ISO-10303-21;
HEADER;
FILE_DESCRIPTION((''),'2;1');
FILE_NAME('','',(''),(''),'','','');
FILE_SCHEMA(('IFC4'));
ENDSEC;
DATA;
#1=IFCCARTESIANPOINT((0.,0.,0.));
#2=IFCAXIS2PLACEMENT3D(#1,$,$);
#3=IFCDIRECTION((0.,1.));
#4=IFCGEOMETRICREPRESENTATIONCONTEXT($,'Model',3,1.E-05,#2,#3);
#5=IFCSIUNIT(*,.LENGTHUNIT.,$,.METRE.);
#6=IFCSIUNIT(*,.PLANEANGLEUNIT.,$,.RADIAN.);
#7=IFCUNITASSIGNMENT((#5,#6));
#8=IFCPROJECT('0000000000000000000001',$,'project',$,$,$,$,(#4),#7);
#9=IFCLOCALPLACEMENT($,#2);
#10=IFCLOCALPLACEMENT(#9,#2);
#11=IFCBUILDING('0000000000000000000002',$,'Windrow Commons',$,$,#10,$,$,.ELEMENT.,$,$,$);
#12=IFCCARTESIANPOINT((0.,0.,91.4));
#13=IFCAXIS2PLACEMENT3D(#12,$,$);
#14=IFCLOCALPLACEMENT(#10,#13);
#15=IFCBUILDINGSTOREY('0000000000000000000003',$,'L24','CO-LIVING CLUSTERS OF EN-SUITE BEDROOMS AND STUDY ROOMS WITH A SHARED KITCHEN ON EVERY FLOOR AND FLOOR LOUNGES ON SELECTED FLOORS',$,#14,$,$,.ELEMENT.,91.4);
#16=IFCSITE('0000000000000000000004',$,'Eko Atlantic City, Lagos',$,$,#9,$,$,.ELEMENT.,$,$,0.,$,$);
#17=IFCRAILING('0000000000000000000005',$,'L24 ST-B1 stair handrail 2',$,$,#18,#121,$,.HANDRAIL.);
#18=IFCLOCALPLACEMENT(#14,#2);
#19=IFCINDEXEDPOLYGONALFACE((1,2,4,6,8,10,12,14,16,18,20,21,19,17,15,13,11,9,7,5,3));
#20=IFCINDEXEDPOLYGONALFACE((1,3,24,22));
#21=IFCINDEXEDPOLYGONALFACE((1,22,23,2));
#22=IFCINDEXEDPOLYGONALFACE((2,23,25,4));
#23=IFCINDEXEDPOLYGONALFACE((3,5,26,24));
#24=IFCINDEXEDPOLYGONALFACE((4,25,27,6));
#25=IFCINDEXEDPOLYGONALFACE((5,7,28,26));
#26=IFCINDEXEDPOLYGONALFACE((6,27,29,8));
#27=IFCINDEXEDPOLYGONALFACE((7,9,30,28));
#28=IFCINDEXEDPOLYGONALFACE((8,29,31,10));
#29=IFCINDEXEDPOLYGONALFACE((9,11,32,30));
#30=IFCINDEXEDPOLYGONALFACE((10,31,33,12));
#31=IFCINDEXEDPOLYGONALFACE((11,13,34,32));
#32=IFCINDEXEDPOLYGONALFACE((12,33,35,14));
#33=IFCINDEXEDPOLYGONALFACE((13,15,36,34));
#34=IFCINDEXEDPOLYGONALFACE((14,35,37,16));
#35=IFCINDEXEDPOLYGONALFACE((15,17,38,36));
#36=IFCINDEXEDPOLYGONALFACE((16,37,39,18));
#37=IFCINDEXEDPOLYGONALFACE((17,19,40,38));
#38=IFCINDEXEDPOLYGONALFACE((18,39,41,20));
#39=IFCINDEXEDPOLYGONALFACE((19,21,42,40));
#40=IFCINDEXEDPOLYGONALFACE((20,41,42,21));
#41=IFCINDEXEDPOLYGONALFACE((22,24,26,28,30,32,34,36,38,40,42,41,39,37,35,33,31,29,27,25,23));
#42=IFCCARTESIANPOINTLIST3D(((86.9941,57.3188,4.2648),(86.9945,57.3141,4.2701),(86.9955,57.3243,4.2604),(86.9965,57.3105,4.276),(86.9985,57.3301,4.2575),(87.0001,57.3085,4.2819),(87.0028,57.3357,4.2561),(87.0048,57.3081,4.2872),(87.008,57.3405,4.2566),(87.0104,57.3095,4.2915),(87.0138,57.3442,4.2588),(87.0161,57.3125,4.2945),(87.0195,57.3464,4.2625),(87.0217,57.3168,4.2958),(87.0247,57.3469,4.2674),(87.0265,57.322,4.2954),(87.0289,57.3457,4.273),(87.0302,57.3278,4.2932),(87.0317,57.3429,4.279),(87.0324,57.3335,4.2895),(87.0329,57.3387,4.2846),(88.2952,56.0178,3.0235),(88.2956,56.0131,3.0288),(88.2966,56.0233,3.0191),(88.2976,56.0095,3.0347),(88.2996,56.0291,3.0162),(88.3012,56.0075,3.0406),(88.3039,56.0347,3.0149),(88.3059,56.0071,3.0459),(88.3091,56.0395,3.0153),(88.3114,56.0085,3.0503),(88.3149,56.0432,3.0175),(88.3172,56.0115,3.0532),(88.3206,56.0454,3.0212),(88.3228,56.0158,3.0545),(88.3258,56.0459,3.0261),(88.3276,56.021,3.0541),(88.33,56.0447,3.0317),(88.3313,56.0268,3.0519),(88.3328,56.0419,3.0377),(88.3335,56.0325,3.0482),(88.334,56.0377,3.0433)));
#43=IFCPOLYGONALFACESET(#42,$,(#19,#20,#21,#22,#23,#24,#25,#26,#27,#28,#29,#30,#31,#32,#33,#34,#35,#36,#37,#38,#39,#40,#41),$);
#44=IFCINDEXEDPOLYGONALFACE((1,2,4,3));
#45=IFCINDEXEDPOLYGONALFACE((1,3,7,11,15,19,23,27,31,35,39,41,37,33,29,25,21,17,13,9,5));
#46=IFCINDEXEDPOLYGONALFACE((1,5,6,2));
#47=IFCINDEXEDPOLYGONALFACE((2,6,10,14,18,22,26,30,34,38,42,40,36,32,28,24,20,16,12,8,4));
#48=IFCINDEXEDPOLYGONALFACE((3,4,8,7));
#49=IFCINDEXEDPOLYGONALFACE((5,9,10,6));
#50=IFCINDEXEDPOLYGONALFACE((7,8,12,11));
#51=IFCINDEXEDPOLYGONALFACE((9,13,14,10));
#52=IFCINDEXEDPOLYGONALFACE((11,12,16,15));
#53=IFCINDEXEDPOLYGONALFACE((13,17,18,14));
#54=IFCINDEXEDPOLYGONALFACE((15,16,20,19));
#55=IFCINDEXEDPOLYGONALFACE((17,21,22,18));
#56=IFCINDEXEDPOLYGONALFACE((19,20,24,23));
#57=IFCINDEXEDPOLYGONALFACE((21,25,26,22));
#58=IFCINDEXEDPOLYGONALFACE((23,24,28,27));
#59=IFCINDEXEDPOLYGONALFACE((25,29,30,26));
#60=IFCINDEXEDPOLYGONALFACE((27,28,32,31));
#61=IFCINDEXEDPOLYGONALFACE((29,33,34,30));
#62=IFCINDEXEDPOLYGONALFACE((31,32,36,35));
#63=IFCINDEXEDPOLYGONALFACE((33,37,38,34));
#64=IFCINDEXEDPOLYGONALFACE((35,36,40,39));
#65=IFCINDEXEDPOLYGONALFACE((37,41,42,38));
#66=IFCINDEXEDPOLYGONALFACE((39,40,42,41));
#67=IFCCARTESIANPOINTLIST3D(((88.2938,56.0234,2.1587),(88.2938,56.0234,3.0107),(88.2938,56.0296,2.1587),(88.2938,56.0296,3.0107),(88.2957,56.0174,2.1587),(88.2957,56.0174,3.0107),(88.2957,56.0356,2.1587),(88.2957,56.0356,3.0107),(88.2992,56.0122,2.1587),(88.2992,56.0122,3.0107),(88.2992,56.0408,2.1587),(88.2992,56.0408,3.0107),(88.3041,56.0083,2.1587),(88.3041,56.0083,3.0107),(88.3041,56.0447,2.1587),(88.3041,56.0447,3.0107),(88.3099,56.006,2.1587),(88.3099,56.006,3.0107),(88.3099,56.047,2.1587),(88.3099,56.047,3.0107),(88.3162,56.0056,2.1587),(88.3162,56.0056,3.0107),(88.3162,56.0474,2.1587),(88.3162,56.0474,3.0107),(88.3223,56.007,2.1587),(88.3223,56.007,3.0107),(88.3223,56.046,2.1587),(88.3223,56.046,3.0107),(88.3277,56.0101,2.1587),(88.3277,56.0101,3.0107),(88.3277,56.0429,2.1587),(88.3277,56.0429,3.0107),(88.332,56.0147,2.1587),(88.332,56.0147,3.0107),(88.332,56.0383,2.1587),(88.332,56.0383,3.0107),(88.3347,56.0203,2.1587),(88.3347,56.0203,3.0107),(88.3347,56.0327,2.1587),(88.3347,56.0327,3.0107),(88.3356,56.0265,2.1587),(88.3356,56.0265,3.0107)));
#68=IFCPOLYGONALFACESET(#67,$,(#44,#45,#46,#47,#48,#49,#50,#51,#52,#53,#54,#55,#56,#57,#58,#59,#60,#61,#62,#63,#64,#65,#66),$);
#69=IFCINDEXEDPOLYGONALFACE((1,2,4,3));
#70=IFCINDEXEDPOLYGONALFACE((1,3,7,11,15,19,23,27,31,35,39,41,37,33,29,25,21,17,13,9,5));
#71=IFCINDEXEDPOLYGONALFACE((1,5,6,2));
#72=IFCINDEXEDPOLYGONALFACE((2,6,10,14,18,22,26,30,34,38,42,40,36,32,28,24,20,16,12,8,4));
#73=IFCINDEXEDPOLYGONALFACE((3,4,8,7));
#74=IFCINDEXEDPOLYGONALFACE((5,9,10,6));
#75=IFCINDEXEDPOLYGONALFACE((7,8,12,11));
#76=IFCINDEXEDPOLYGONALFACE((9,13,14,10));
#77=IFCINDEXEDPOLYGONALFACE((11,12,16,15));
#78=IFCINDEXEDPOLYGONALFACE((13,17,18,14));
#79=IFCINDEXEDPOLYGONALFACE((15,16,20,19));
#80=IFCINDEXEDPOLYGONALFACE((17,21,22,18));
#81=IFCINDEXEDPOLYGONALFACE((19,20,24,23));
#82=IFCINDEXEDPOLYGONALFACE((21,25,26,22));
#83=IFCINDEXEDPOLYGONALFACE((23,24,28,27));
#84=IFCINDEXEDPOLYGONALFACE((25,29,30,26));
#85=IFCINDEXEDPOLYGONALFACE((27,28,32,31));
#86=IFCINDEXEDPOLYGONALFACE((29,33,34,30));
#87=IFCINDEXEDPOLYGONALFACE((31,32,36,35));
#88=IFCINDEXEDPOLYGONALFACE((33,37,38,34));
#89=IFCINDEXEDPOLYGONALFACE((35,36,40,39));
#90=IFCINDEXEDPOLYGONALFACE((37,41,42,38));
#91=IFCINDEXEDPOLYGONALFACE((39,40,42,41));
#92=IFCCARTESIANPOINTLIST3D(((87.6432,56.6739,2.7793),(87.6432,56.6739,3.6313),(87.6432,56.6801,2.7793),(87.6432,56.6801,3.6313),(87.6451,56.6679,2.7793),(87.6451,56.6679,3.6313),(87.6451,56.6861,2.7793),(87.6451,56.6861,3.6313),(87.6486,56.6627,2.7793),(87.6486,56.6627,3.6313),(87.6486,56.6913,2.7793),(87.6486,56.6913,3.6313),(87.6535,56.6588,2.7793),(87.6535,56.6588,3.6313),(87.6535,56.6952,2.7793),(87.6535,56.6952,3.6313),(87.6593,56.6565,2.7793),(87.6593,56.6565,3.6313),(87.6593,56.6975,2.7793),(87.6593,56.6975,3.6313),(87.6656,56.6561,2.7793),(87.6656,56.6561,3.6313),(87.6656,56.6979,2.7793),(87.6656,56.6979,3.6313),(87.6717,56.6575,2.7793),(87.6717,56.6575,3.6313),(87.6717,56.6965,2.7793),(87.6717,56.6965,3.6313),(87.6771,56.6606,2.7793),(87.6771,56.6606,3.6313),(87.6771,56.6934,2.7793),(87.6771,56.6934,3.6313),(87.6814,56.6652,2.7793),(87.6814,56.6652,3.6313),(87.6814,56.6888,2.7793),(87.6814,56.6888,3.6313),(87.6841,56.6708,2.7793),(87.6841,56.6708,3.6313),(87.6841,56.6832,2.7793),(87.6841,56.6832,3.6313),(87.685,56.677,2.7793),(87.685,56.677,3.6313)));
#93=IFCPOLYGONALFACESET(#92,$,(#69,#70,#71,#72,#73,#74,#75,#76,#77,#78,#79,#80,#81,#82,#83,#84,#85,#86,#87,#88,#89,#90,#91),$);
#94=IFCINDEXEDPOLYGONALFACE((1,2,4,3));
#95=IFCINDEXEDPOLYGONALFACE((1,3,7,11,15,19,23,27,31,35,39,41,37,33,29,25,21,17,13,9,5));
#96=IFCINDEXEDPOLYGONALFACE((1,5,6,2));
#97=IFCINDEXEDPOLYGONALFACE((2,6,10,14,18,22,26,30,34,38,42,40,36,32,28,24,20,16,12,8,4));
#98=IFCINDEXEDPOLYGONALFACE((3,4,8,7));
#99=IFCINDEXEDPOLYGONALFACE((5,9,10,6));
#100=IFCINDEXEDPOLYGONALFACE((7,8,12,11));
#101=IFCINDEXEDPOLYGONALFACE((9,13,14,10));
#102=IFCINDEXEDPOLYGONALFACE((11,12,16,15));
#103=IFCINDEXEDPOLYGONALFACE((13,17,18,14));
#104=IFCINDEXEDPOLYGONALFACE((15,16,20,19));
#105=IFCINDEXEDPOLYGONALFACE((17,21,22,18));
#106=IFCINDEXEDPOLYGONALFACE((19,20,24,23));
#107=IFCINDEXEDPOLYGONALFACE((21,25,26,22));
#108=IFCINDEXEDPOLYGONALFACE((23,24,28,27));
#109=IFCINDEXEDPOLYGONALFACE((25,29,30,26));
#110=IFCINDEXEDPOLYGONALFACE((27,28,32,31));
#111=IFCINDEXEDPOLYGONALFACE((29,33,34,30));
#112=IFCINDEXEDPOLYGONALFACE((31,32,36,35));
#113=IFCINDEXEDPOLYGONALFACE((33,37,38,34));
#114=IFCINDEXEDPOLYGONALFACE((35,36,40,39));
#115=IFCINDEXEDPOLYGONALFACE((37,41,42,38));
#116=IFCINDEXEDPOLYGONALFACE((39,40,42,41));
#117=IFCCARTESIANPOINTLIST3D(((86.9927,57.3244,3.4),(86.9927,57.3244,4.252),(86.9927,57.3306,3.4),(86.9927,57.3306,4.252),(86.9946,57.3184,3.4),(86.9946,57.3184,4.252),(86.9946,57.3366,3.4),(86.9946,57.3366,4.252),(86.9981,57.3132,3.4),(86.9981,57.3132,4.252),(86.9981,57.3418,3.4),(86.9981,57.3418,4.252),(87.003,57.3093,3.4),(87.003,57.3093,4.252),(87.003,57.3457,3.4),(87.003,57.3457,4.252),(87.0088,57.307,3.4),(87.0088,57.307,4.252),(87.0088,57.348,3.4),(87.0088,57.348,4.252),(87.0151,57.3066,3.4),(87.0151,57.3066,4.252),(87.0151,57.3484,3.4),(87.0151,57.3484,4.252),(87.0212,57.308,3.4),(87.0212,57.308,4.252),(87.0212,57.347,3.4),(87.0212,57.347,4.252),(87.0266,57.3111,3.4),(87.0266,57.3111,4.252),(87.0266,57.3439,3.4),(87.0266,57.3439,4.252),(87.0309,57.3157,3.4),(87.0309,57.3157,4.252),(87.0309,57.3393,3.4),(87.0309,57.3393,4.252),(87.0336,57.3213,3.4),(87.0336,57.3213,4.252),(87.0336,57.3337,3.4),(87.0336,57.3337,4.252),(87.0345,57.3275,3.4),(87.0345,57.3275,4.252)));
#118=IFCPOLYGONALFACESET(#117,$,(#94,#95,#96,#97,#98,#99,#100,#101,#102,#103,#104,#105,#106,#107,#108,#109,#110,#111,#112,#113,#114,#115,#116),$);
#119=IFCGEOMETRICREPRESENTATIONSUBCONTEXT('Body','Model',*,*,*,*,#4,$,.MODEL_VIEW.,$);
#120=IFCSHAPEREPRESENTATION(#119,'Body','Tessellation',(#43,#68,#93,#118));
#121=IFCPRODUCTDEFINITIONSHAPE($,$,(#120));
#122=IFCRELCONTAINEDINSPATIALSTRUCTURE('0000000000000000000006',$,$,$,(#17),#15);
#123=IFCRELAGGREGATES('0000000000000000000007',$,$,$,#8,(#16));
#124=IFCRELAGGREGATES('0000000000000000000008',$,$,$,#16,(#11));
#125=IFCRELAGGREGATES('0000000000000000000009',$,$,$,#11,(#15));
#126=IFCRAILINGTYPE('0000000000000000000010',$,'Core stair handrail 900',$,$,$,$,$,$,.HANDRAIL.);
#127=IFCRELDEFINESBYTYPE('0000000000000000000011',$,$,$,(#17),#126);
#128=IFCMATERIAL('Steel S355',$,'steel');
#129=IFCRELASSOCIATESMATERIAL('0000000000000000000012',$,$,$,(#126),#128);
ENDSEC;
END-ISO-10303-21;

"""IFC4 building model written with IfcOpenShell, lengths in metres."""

from ifc_helpers import new_model, si_unit, direction, frame, origin, origin_2d, place, context, subcontext, project, spatial, circle, extrude, material, type_object, element, save


model = new_model("IFC4")

# Units and contexts
model_context = context("Model", 3, precision=1e-05, world=origin(), true_north=direction((0.0, 1.0)))
body_context = subcontext(model_context, "Body", "Model", "MODEL_VIEW")
ifc_project = project(units=[si_unit("LENGTHUNIT", "METRE"), si_unit("PLANEANGLEUNIT", "RADIAN")], contexts=[model_context])

# Site, building, storey
site_placement = place(None, origin())
site = spatial("IfcSite", under=ifc_project, at=site_placement, Name="Eko Atlantic City, Lagos", CompositionType="ELEMENT", RefElevation=0.0)
building_placement = place(site_placement, origin())
building = spatial("IfcBuilding", under=site, at=building_placement, Name="Windrow Commons", CompositionType="ELEMENT")
storey_placement = place(building_placement, frame((0.0, 0.0, 91.4)))
storey = spatial("IfcBuildingStorey", under=building, at=storey_placement, Name="L24", Description="CO-LIVING CLUSTERS OF EN-SUITE BEDROOMS AND STUDY ROOMS WITH A SHARED KITCHEN ON EVERY FLOOR AND FLOOR LOUNGES ON SELECTED FLOORS", CompositionType="ELEMENT", Elevation=91.4)

# Railing
ifc_material_1 = material(Name="Steel S355", Category="steel")
railing_type_1 = type_object("IfcRailingType", Name="Core stair handrail 900", PredefinedType="HANDRAIL", material=ifc_material_1)
railing_1_placement = place(storey_placement, frame((88.3146, 56.0265, 2.1587)))
element("IfcRailing", 1, at=railing_1_placement, inside=storey, type_object=railing_type_1, Name="L24 ST-B1 stair handrail 2", PredefinedType="HANDRAIL", context=body_context, shape_type="SweptSolid", body=[
    extrude(circle(Radius=0.024, at=origin_2d()), frame((0.0, 0.0, 0.876), z_axis=(-0.586207, 0.586162, 0.559264), x_axis=(-0.70708, -0.707134, 0.0)), (0.0, 0.0, 1.0), 2.2195),
    extrude(circle(Radius=0.021, at=origin_2d()), origin(), (0.0, 0.0, 1.0), 0.852),
    extrude(circle(Radius=0.021, at=origin_2d()), frame((-0.6506, 0.6505, 0.6206)), (0.0, 0.0, 1.0), 0.852),
    extrude(circle(Radius=0.021, at=origin_2d()), frame((-1.3011, 1.301, 1.2413)), (0.0, 0.0, 1.0), 0.852),
])

save(model, "model.ifc")
